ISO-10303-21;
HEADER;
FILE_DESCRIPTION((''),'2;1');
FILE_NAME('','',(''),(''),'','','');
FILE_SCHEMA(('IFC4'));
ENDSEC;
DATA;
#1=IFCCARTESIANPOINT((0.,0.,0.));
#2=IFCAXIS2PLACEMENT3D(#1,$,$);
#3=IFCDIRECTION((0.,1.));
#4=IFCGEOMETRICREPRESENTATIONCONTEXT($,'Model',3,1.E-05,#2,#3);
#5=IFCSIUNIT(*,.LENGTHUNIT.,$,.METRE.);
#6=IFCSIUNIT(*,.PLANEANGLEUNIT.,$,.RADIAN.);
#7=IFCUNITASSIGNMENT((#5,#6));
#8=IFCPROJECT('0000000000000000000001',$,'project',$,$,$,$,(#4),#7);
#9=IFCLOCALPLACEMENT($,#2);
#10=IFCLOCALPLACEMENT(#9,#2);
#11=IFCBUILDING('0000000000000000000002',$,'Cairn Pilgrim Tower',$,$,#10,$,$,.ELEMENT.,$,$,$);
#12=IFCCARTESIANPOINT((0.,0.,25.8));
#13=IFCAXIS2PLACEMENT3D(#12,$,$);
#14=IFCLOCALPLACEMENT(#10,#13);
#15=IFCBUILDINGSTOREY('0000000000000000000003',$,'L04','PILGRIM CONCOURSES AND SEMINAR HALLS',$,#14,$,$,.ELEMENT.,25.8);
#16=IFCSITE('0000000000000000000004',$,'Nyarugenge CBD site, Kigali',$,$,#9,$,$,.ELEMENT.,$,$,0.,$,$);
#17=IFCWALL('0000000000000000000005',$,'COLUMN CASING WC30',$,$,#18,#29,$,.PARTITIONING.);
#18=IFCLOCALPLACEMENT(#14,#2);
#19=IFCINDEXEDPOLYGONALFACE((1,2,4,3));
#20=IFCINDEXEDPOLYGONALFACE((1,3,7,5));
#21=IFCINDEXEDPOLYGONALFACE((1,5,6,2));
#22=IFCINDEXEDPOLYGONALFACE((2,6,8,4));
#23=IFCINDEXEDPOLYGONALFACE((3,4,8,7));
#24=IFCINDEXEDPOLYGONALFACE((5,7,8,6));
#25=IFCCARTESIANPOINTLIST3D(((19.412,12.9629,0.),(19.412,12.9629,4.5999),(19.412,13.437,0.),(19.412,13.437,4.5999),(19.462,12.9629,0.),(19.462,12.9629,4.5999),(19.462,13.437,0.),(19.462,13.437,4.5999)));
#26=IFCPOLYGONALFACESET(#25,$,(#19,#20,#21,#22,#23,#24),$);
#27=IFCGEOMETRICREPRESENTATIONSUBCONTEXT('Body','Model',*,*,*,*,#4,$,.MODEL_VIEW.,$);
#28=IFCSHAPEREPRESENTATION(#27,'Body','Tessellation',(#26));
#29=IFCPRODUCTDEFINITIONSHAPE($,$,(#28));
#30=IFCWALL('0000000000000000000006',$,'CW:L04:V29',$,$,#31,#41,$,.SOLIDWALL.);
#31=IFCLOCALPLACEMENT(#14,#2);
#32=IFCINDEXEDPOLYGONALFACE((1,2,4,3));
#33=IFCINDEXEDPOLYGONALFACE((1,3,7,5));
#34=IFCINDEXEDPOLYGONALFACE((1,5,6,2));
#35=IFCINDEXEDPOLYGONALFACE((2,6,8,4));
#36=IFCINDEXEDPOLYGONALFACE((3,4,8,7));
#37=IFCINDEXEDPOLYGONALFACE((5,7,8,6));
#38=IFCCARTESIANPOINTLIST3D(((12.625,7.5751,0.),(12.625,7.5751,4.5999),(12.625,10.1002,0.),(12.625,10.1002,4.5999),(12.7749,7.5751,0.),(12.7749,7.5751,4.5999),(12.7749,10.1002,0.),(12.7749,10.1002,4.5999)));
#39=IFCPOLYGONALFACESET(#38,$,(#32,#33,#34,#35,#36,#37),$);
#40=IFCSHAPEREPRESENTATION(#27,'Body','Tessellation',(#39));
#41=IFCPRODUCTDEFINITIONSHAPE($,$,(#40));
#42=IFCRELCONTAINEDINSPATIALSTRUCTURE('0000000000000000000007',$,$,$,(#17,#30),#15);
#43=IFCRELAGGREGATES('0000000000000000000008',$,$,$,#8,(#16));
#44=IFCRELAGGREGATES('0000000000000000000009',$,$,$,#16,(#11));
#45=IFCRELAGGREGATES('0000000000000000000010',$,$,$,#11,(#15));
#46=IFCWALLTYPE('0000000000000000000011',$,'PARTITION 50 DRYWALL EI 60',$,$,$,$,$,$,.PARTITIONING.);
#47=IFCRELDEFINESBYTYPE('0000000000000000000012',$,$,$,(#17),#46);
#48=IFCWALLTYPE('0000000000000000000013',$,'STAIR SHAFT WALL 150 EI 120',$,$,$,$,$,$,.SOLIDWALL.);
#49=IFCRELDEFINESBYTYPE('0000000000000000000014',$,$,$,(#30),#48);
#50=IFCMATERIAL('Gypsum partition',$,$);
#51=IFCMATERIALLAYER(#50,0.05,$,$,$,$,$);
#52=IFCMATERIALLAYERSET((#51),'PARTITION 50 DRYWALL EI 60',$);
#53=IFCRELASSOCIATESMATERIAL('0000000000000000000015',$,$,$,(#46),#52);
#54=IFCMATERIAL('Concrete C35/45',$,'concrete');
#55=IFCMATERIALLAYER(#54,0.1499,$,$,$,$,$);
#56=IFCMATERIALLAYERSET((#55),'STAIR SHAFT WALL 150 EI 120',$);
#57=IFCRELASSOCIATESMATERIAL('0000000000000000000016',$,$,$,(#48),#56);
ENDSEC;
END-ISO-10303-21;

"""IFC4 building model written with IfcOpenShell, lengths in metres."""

from ifc_helpers import new_model, si_unit, direction, frame, frame_2d, origin, place, context, subcontext, project, spatial, rectangle, extrude, material, layer, layer_set, type_object, element, save


model = new_model("IFC4")

# Units and contexts
model_context = context("Model", 3, precision=1e-05, world=origin(), true_north=direction((0.0, 1.0)))
body_context = subcontext(model_context, "Body", "Model", "MODEL_VIEW")
ifc_project = project(units=[si_unit("LENGTHUNIT", "METRE"), si_unit("PLANEANGLEUNIT", "RADIAN")], contexts=[model_context])

# Site, building, storey
site_placement = place(None, origin())
site = spatial("IfcSite", under=ifc_project, at=site_placement, Name="Nyarugenge CBD site, Kigali", CompositionType="ELEMENT", RefElevation=0.0)
building_placement = place(site_placement, origin())
building = spatial("IfcBuilding", under=site, at=building_placement, Name="Cairn Pilgrim Tower", CompositionType="ELEMENT")
storey_placement = place(building_placement, frame((0.0, 0.0, 25.8)))
storey = spatial("IfcBuildingStorey", under=building, at=storey_placement, Name="L04", Description="PILGRIM CONCOURSES AND SEMINAR HALLS", CompositionType="ELEMENT", Elevation=25.8)

# Shared definitions
ifc_material_1 = material(Name="Gypsum partition")

# Walls
ifc_layer_1 = layer(ifc_material_1, 0.05)
ifc_layer_set_1 = layer_set([ifc_layer_1], Name="PARTITION 50 DRYWALL EI 60")
wall_type_1 = type_object("IfcWallType", Name="PARTITION 50 DRYWALL EI 60", PredefinedType="PARTITIONING", material=ifc_layer_set_1)
wall_1_placement = place(storey_placement, frame((19.437, 12.9629, 0.0), z_axis=(0.0, 0.0, 1.0), x_axis=(0.0, 1.0, 0.0)))
element("IfcWall", 1, at=wall_1_placement, inside=storey, type_object=wall_type_1, Name="COLUMN CASING WC30", PredefinedType="PARTITIONING", context=body_context, shape_type="SweptSolid", body=[
    extrude(rectangle(XDim=0.4741, YDim=0.05, at=frame_2d((0.2371, 0.0))), origin(), (0.0, 0.0, 1.0), 4.5999),
])
ifc_material_2 = material(Name="Concrete C35/45", Category="concrete")
ifc_layer_2 = layer(ifc_material_2, 0.1499)
ifc_layer_set_2 = layer_set([ifc_layer_2], Name="STAIR SHAFT WALL 150 EI 120")
wall_type_2 = type_object("IfcWallType", Name="STAIR SHAFT WALL 150 EI 120", PredefinedType="SOLIDWALL", material=ifc_layer_set_2)
wall_2_placement = place(storey_placement, frame((12.7, 7.575, 0.0), z_axis=(0.0, 0.0, 1.0), x_axis=(0.0, 1.0, 0.0)))
element("IfcWall", 2, at=wall_2_placement, inside=storey, type_object=wall_type_2, Name="CW:L04:V29", PredefinedType="SOLIDWALL", context=body_context, shape_type="SweptSolid", body=[
    extrude(rectangle(XDim=2.5251, YDim=0.1499, at=frame_2d((1.2627, 0.0))), origin(), (0.0, 0.0, 1.0), 4.5999),
])

save(model, "model.ifc")
